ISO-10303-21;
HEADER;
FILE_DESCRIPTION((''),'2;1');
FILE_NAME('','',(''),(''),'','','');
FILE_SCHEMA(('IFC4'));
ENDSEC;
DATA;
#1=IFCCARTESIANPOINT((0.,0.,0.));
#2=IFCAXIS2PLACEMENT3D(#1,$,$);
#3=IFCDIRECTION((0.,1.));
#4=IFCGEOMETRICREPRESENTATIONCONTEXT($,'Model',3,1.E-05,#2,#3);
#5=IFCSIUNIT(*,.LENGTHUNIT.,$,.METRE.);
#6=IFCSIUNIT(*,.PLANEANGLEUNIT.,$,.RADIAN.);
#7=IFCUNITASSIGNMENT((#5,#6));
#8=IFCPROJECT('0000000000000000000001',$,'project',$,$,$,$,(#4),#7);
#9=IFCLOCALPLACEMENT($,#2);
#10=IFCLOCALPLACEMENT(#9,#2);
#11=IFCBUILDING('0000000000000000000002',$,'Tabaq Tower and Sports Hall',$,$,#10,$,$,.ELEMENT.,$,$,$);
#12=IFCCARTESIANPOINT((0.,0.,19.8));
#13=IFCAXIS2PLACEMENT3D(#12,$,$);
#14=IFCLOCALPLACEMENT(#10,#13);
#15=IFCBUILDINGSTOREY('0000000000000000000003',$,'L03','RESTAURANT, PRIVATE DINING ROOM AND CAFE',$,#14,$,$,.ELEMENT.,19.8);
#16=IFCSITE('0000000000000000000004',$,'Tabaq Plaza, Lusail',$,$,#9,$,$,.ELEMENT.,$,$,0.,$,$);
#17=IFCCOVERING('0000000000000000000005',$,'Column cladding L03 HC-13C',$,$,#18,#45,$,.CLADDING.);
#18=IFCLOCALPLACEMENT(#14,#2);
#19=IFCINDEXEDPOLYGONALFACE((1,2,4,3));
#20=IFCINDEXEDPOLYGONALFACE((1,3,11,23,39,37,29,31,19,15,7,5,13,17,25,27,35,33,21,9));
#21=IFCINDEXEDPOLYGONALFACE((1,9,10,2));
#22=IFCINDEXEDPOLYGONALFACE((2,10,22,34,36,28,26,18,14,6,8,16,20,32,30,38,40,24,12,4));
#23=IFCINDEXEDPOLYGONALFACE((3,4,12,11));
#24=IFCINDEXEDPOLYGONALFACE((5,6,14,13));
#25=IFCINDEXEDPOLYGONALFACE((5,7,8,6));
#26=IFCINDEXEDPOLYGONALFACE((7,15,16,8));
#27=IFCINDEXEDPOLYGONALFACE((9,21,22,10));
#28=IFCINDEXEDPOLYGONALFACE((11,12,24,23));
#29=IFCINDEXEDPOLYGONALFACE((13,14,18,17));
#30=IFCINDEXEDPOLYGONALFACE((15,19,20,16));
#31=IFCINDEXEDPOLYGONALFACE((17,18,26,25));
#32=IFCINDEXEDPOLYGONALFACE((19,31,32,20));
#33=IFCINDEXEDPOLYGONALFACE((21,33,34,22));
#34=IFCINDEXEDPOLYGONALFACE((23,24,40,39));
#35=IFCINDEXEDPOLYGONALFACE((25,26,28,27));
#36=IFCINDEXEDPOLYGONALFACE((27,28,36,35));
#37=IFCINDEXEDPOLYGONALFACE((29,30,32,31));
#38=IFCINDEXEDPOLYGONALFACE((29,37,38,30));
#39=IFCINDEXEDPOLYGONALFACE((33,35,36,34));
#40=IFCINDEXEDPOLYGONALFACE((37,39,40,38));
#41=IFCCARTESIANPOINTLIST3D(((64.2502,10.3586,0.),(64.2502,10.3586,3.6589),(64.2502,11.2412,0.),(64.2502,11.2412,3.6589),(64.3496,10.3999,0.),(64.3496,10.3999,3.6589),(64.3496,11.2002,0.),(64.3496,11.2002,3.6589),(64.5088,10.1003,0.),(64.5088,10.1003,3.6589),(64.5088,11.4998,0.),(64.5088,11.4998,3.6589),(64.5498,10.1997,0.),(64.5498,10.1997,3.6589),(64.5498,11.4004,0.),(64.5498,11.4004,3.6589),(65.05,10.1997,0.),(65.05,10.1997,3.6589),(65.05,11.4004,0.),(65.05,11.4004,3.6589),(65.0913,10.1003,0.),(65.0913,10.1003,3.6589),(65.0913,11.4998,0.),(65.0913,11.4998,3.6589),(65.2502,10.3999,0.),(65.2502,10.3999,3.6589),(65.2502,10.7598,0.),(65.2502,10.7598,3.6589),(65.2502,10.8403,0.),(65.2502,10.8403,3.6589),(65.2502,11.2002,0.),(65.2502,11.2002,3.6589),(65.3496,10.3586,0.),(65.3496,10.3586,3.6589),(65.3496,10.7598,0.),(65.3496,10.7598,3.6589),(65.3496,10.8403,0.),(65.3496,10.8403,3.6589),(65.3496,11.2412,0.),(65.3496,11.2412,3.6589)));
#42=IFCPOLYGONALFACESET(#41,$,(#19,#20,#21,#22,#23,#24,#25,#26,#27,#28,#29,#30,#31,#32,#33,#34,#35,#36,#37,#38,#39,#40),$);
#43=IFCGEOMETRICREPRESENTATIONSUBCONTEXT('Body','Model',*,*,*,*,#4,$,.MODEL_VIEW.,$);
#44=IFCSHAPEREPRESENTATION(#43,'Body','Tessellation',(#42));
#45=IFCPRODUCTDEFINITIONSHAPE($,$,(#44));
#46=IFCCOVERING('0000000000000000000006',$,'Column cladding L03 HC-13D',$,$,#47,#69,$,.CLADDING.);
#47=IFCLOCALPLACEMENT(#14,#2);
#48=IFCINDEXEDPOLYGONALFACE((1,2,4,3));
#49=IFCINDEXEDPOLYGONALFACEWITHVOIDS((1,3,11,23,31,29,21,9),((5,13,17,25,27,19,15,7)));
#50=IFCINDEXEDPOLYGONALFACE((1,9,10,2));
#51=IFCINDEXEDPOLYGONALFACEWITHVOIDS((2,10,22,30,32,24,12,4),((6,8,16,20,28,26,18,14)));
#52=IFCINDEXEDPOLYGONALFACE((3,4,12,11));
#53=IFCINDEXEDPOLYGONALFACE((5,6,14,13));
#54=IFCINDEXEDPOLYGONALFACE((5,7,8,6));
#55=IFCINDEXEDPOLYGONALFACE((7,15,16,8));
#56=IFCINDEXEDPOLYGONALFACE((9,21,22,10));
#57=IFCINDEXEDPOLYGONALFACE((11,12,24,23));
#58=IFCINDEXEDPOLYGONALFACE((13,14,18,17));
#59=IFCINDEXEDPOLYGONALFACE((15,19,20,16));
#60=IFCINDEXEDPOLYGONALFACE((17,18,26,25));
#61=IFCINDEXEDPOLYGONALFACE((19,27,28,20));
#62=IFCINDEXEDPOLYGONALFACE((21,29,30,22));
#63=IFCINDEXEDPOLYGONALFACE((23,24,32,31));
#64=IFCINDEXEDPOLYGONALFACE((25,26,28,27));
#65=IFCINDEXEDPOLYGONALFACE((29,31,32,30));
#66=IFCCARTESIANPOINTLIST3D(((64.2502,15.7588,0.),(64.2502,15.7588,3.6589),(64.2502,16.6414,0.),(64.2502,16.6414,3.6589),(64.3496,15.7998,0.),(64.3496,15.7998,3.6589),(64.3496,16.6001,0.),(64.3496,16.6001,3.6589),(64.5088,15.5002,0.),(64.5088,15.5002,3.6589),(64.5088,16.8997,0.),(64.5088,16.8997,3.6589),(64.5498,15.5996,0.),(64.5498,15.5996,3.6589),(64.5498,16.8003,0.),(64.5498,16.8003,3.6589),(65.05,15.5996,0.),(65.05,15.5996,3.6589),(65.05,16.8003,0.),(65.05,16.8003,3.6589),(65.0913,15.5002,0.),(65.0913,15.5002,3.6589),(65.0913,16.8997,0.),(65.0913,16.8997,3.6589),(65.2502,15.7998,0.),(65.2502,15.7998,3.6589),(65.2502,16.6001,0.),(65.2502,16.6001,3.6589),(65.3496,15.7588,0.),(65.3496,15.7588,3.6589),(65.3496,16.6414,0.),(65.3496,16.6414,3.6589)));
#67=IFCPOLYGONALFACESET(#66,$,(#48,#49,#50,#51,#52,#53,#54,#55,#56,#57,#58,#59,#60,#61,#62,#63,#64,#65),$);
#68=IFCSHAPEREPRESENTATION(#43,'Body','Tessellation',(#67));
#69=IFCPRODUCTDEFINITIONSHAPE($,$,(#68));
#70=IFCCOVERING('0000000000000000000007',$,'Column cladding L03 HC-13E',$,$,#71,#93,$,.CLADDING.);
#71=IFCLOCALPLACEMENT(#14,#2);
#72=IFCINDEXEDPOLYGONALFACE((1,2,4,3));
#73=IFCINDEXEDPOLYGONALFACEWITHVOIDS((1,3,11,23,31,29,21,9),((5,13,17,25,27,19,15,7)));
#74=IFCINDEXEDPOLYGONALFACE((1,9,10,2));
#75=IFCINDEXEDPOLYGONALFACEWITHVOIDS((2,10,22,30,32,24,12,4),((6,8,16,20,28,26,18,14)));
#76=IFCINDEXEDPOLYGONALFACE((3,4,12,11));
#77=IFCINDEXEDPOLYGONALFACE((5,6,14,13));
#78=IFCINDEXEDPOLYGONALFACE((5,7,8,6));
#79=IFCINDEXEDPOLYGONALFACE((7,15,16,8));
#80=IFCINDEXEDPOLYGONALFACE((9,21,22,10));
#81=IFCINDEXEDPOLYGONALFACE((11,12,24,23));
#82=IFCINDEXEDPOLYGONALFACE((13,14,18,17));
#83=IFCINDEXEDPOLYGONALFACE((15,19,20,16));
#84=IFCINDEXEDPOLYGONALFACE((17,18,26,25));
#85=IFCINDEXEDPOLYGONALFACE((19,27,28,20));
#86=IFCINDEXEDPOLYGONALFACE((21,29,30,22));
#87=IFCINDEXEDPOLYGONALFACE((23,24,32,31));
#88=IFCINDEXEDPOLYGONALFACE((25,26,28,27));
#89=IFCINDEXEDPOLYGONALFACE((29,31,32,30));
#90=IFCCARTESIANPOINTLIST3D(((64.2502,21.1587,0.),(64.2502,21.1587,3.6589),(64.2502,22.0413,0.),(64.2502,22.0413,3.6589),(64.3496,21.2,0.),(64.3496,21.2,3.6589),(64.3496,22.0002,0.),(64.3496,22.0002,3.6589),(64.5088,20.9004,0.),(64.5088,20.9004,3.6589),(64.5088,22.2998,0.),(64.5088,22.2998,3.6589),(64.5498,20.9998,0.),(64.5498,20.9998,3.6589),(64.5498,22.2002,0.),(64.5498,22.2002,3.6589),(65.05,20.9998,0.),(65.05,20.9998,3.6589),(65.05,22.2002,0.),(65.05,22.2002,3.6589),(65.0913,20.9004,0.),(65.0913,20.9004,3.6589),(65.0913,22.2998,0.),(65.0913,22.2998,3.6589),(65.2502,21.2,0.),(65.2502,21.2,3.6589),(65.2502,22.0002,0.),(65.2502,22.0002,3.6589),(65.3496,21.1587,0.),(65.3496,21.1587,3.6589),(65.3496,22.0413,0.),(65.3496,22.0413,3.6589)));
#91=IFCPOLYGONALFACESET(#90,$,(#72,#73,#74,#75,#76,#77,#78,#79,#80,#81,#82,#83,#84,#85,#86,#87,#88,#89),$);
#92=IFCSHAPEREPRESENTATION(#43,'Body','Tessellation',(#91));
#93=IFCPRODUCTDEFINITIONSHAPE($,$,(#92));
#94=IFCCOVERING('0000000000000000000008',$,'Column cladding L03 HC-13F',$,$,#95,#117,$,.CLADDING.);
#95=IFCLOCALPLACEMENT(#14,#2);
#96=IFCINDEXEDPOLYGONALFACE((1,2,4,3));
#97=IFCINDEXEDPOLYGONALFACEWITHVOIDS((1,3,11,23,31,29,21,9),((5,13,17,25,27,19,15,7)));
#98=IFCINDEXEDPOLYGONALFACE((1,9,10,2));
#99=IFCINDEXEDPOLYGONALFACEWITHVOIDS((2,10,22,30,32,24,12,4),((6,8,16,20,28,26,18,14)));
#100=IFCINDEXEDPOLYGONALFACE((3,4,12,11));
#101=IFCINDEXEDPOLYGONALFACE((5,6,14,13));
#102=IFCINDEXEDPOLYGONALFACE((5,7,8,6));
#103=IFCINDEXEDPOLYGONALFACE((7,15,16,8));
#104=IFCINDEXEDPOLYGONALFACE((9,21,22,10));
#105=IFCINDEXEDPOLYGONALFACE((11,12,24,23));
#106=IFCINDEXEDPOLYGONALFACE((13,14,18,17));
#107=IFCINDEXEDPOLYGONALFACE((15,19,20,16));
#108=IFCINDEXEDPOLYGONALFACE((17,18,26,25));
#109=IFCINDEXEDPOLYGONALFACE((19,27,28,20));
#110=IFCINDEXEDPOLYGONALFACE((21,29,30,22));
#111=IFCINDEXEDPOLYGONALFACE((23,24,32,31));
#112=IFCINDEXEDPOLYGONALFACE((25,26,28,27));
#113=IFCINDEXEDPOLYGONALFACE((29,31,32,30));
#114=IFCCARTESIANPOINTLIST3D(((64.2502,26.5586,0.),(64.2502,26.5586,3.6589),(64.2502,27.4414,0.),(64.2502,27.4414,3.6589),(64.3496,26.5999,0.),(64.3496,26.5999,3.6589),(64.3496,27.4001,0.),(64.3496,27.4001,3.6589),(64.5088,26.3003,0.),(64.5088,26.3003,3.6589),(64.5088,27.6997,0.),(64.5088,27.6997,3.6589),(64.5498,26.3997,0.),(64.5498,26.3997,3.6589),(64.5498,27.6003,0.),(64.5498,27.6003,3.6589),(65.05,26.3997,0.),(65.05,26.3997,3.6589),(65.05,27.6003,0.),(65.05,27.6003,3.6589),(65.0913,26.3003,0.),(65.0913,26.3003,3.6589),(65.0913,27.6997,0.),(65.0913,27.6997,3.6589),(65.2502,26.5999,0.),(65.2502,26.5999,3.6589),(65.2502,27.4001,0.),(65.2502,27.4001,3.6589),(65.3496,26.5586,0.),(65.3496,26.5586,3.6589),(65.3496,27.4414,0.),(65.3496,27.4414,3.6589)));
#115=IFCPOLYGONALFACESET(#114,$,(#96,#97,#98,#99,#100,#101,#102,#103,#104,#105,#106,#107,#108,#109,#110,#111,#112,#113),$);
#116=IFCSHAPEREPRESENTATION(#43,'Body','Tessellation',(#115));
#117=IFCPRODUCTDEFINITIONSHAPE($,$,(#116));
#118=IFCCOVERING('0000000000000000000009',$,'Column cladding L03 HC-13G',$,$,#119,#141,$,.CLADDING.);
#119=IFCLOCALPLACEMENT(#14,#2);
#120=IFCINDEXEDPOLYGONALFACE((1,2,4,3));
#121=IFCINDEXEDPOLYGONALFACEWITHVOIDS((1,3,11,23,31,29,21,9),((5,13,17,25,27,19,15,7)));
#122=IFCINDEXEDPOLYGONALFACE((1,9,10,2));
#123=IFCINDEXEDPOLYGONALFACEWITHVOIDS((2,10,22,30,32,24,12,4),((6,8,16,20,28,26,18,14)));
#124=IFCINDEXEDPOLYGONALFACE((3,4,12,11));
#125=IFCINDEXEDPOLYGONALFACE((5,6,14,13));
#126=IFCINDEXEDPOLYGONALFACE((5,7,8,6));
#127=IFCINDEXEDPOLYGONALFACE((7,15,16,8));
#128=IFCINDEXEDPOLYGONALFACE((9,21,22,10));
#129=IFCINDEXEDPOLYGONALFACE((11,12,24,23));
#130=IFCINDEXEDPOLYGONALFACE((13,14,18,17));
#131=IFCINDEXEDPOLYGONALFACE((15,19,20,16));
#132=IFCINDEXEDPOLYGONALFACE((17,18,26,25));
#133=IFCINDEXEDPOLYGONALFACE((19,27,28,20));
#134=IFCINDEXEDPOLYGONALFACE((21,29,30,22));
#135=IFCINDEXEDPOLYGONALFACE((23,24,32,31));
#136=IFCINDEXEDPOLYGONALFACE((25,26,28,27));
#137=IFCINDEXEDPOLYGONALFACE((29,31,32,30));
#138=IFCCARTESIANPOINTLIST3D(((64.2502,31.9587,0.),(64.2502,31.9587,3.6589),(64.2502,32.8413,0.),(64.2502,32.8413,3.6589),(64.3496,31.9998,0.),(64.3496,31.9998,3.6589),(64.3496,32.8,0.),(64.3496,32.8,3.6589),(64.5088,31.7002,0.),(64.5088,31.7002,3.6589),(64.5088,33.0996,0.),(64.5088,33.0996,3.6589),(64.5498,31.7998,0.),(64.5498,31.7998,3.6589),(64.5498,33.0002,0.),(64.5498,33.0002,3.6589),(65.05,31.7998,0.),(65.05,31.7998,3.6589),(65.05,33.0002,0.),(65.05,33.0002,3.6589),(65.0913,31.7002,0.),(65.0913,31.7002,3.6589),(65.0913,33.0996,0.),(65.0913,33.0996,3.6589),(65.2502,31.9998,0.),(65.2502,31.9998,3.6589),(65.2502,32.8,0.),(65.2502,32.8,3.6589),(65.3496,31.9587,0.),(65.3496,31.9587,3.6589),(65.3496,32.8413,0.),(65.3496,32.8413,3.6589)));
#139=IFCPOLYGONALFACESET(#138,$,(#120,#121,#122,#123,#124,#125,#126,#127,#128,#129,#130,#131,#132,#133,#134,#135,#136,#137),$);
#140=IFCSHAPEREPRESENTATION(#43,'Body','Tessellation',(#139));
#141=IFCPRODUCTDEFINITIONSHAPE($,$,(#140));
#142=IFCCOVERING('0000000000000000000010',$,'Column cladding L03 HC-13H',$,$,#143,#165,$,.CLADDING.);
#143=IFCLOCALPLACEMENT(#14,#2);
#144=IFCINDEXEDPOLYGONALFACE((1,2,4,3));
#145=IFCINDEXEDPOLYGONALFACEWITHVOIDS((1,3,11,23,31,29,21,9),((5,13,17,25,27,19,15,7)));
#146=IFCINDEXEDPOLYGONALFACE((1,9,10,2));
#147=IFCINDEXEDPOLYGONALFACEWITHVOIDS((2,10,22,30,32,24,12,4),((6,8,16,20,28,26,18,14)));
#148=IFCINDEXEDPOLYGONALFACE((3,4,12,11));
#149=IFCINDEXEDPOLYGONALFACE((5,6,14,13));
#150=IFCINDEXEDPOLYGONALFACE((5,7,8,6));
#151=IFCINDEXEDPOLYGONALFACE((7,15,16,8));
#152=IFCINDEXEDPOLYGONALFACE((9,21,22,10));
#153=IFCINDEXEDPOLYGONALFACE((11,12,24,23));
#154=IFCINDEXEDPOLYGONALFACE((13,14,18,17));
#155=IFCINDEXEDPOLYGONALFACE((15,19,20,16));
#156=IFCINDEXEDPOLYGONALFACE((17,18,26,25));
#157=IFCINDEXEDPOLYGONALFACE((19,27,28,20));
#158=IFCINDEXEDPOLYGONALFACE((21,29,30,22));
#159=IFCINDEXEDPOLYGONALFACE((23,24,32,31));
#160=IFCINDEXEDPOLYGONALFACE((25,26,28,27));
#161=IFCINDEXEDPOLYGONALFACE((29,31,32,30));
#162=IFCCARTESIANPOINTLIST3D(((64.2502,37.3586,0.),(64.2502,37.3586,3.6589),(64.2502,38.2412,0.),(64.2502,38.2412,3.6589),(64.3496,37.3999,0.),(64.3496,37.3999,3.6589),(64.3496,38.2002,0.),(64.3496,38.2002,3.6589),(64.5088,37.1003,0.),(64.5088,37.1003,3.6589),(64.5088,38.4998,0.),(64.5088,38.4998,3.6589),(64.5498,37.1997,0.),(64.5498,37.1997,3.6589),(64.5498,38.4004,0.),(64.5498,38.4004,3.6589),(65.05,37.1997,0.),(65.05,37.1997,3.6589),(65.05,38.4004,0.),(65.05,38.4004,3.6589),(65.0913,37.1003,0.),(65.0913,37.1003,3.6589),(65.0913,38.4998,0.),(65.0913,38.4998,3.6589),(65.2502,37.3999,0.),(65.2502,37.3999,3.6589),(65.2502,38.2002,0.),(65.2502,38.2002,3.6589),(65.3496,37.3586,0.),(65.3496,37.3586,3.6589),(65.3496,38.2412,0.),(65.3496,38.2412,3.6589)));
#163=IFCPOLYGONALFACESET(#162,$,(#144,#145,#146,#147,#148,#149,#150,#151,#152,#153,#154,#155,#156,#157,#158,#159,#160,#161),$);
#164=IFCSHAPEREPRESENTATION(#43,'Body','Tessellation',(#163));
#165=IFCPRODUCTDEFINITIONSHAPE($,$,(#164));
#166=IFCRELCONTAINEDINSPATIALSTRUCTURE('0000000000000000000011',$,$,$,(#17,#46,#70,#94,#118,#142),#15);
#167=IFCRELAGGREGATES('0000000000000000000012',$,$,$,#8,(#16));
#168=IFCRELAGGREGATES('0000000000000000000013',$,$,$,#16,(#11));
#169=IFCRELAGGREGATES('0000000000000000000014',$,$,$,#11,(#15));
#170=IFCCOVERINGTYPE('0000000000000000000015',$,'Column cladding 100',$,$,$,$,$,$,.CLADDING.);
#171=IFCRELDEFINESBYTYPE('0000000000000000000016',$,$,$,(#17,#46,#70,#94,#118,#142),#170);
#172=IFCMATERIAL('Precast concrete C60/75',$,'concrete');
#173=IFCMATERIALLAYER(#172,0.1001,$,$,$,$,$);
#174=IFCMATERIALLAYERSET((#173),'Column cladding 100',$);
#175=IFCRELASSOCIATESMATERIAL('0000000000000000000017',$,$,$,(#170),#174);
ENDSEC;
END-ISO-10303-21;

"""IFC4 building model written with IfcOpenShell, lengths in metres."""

from ifc_helpers import new_model, si_unit, direction, frame, origin, place, context, subcontext, project, spatial, polyline, outline, extrude, material, layer, layer_set, type_object, element, save


model = new_model("IFC4")

# Units and contexts
model_context = context("Model", 3, precision=1e-05, world=origin(), true_north=direction((0.0, 1.0)))
body_context = subcontext(model_context, "Body", "Model", "MODEL_VIEW")
ifc_project = project(units=[si_unit("LENGTHUNIT", "METRE"), si_unit("PLANEANGLEUNIT", "RADIAN")], contexts=[model_context])

# Site, building, storey
site_placement = place(None, origin())
site = spatial("IfcSite", under=ifc_project, at=site_placement, Name="Tabaq Plaza, Lusail", CompositionType="ELEMENT", RefElevation=0.0)
building_placement = place(site_placement, origin())
building = spatial("IfcBuilding", under=site, at=building_placement, Name="Tabaq Tower and Sports Hall", CompositionType="ELEMENT")
storey_placement = place(building_placement, frame((0.0, 0.0, 19.8)))
storey = spatial("IfcBuildingStorey", under=building, at=storey_placement, Name="L03", Description="RESTAURANT, PRIVATE DINING ROOM AND CAFE", CompositionType="ELEMENT", Elevation=19.8)

# Coverings
ifc_material_1 = material(Name="Precast concrete C60/75", Category="concrete")
ifc_layer_1 = layer(ifc_material_1, 0.1001)
ifc_layer_set_1 = layer_set([ifc_layer_1], Name="Column cladding 100")
covering_type = type_object("IfcCoveringType", Name="Column cladding 100", PredefinedType="CLADDING", material=ifc_layer_set_1)
covering_1_placement = place(storey_placement, origin())
element("IfcCovering", 1, at=covering_1_placement, inside=storey, type_object=covering_type, Name="Column cladding L03 HC-13C", PredefinedType="CLADDING", context=body_context, shape_type="SweptSolid", body=[
    extrude(outline(polyline([(64.5088, 10.1003), (64.2502, 10.3586), (64.2502, 11.2412), (64.5088, 11.4998), (65.0913, 11.4998), (65.3496, 11.2412), (65.3496, 10.8403), (65.2502, 10.8403), (65.2502, 11.2002), (65.05, 11.4004), (64.5498, 11.4004), (64.3496, 11.2002), (64.3496, 10.3999), (64.5498, 10.1997), (65.05, 10.1997), (65.2502, 10.3999), (65.2502, 10.7598), (65.3496, 10.7598), (65.3496, 10.3586), (65.0913, 10.1003), (64.5088, 10.1003)])), origin(), (0.0, 0.0, 1.0), 3.6589),
])
covering_2_placement = place(storey_placement, origin())
element("IfcCovering", 2, at=covering_2_placement, inside=storey, type_object=covering_type, Name="Column cladding L03 HC-13D", PredefinedType="CLADDING", context=body_context, shape_type="SweptSolid", body=[
    extrude(outline(polyline([(65.0913, 15.5002), (64.5088, 15.5002), (64.2502, 15.7588), (64.2502, 16.6414), (64.5088, 16.8997), (65.0913, 16.8997), (65.3496, 16.6414), (65.3496, 15.7588), (65.0913, 15.5002)]), holes=[polyline([(65.2502, 16.6001), (65.05, 16.8003), (64.5498, 16.8003), (64.3496, 16.6001), (64.3496, 15.7998), (64.5498, 15.5996), (65.05, 15.5996), (65.2502, 15.7998), (65.2502, 16.6001)])]), origin(), (0.0, 0.0, 1.0), 3.6589),
])
covering_3_placement = place(storey_placement, origin())
element("IfcCovering", 3, at=covering_3_placement, inside=storey, type_object=covering_type, Name="Column cladding L03 HC-13E", PredefinedType="CLADDING", context=body_context, shape_type="SweptSolid", body=[
    extrude(outline(polyline([(65.0913, 20.9004), (64.5088, 20.9004), (64.2502, 21.1587), (64.2502, 22.0413), (64.5088, 22.2998), (65.0913, 22.2998), (65.3496, 22.0413), (65.3496, 21.1587), (65.0913, 20.9004)]), holes=[polyline([(65.2502, 22.0002), (65.05, 22.2002), (64.5498, 22.2002), (64.3496, 22.0002), (64.3496, 21.2), (64.5498, 20.9998), (65.05, 20.9998), (65.2502, 21.2), (65.2502, 22.0002)])]), origin(), (0.0, 0.0, 1.0), 3.6589),
])
covering_4_placement = place(storey_placement, origin())
element("IfcCovering", 4, at=covering_4_placement, inside=storey, type_object=covering_type, Name="Column cladding L03 HC-13F", PredefinedType="CLADDING", context=body_context, shape_type="SweptSolid", body=[
    extrude(outline(polyline([(65.0913, 26.3003), (64.5088, 26.3003), (64.2502, 26.5586), (64.2502, 27.4414), (64.5088, 27.6997), (65.0913, 27.6997), (65.3496, 27.4414), (65.3496, 26.5586), (65.0913, 26.3003)]), holes=[polyline([(65.2502, 27.4001), (65.05, 27.6003), (64.5498, 27.6003), (64.3496, 27.4001), (64.3496, 26.5999), (64.5498, 26.3997), (65.05, 26.3997), (65.2502, 26.5999), (65.2502, 27.4001)])]), origin(), (0.0, 0.0, 1.0), 3.6589),
])
covering_5_placement = place(storey_placement, origin())
element("IfcCovering", 5, at=covering_5_placement, inside=storey, type_object=covering_type, Name="Column cladding L03 HC-13G", PredefinedType="CLADDING", context=body_context, shape_type="SweptSolid", body=[
    extrude(outline(polyline([(65.0913, 31.7002), (64.5088, 31.7002), (64.2502, 31.9587), (64.2502, 32.8413), (64.5088, 33.0996), (65.0913, 33.0996), (65.3496, 32.8413), (65.3496, 31.9587), (65.0913, 31.7002)]), holes=[polyline([(65.2502, 32.8), (65.05, 33.0002), (64.5498, 33.0002), (64.3496, 32.8), (64.3496, 31.9998), (64.5498, 31.7998), (65.05, 31.7998), (65.2502, 31.9998), (65.2502, 32.8)])]), origin(), (0.0, 0.0, 1.0), 3.6589),
])
covering_6_placement = place(storey_placement, origin())
element("IfcCovering", 6, at=covering_6_placement, inside=storey, type_object=covering_type, Name="Column cladding L03 HC-13H", PredefinedType="CLADDING", context=body_context, shape_type="SweptSolid", body=[
    extrude(outline(polyline([(65.0913, 37.1003), (64.5088, 37.1003), (64.2502, 37.3586), (64.2502, 38.2412), (64.5088, 38.4998), (65.0913, 38.4998), (65.3496, 38.2412), (65.3496, 37.3586), (65.0913, 37.1003)]), holes=[polyline([(65.2502, 38.2002), (65.05, 38.4004), (64.5498, 38.4004), (64.3496, 38.2002), (64.3496, 37.3999), (64.5498, 37.1997), (65.05, 37.1997), (65.2502, 37.3999), (65.2502, 38.2002)])]), origin(), (0.0, 0.0, 1.0), 3.6589),
])

save(model, "model.ifc")
